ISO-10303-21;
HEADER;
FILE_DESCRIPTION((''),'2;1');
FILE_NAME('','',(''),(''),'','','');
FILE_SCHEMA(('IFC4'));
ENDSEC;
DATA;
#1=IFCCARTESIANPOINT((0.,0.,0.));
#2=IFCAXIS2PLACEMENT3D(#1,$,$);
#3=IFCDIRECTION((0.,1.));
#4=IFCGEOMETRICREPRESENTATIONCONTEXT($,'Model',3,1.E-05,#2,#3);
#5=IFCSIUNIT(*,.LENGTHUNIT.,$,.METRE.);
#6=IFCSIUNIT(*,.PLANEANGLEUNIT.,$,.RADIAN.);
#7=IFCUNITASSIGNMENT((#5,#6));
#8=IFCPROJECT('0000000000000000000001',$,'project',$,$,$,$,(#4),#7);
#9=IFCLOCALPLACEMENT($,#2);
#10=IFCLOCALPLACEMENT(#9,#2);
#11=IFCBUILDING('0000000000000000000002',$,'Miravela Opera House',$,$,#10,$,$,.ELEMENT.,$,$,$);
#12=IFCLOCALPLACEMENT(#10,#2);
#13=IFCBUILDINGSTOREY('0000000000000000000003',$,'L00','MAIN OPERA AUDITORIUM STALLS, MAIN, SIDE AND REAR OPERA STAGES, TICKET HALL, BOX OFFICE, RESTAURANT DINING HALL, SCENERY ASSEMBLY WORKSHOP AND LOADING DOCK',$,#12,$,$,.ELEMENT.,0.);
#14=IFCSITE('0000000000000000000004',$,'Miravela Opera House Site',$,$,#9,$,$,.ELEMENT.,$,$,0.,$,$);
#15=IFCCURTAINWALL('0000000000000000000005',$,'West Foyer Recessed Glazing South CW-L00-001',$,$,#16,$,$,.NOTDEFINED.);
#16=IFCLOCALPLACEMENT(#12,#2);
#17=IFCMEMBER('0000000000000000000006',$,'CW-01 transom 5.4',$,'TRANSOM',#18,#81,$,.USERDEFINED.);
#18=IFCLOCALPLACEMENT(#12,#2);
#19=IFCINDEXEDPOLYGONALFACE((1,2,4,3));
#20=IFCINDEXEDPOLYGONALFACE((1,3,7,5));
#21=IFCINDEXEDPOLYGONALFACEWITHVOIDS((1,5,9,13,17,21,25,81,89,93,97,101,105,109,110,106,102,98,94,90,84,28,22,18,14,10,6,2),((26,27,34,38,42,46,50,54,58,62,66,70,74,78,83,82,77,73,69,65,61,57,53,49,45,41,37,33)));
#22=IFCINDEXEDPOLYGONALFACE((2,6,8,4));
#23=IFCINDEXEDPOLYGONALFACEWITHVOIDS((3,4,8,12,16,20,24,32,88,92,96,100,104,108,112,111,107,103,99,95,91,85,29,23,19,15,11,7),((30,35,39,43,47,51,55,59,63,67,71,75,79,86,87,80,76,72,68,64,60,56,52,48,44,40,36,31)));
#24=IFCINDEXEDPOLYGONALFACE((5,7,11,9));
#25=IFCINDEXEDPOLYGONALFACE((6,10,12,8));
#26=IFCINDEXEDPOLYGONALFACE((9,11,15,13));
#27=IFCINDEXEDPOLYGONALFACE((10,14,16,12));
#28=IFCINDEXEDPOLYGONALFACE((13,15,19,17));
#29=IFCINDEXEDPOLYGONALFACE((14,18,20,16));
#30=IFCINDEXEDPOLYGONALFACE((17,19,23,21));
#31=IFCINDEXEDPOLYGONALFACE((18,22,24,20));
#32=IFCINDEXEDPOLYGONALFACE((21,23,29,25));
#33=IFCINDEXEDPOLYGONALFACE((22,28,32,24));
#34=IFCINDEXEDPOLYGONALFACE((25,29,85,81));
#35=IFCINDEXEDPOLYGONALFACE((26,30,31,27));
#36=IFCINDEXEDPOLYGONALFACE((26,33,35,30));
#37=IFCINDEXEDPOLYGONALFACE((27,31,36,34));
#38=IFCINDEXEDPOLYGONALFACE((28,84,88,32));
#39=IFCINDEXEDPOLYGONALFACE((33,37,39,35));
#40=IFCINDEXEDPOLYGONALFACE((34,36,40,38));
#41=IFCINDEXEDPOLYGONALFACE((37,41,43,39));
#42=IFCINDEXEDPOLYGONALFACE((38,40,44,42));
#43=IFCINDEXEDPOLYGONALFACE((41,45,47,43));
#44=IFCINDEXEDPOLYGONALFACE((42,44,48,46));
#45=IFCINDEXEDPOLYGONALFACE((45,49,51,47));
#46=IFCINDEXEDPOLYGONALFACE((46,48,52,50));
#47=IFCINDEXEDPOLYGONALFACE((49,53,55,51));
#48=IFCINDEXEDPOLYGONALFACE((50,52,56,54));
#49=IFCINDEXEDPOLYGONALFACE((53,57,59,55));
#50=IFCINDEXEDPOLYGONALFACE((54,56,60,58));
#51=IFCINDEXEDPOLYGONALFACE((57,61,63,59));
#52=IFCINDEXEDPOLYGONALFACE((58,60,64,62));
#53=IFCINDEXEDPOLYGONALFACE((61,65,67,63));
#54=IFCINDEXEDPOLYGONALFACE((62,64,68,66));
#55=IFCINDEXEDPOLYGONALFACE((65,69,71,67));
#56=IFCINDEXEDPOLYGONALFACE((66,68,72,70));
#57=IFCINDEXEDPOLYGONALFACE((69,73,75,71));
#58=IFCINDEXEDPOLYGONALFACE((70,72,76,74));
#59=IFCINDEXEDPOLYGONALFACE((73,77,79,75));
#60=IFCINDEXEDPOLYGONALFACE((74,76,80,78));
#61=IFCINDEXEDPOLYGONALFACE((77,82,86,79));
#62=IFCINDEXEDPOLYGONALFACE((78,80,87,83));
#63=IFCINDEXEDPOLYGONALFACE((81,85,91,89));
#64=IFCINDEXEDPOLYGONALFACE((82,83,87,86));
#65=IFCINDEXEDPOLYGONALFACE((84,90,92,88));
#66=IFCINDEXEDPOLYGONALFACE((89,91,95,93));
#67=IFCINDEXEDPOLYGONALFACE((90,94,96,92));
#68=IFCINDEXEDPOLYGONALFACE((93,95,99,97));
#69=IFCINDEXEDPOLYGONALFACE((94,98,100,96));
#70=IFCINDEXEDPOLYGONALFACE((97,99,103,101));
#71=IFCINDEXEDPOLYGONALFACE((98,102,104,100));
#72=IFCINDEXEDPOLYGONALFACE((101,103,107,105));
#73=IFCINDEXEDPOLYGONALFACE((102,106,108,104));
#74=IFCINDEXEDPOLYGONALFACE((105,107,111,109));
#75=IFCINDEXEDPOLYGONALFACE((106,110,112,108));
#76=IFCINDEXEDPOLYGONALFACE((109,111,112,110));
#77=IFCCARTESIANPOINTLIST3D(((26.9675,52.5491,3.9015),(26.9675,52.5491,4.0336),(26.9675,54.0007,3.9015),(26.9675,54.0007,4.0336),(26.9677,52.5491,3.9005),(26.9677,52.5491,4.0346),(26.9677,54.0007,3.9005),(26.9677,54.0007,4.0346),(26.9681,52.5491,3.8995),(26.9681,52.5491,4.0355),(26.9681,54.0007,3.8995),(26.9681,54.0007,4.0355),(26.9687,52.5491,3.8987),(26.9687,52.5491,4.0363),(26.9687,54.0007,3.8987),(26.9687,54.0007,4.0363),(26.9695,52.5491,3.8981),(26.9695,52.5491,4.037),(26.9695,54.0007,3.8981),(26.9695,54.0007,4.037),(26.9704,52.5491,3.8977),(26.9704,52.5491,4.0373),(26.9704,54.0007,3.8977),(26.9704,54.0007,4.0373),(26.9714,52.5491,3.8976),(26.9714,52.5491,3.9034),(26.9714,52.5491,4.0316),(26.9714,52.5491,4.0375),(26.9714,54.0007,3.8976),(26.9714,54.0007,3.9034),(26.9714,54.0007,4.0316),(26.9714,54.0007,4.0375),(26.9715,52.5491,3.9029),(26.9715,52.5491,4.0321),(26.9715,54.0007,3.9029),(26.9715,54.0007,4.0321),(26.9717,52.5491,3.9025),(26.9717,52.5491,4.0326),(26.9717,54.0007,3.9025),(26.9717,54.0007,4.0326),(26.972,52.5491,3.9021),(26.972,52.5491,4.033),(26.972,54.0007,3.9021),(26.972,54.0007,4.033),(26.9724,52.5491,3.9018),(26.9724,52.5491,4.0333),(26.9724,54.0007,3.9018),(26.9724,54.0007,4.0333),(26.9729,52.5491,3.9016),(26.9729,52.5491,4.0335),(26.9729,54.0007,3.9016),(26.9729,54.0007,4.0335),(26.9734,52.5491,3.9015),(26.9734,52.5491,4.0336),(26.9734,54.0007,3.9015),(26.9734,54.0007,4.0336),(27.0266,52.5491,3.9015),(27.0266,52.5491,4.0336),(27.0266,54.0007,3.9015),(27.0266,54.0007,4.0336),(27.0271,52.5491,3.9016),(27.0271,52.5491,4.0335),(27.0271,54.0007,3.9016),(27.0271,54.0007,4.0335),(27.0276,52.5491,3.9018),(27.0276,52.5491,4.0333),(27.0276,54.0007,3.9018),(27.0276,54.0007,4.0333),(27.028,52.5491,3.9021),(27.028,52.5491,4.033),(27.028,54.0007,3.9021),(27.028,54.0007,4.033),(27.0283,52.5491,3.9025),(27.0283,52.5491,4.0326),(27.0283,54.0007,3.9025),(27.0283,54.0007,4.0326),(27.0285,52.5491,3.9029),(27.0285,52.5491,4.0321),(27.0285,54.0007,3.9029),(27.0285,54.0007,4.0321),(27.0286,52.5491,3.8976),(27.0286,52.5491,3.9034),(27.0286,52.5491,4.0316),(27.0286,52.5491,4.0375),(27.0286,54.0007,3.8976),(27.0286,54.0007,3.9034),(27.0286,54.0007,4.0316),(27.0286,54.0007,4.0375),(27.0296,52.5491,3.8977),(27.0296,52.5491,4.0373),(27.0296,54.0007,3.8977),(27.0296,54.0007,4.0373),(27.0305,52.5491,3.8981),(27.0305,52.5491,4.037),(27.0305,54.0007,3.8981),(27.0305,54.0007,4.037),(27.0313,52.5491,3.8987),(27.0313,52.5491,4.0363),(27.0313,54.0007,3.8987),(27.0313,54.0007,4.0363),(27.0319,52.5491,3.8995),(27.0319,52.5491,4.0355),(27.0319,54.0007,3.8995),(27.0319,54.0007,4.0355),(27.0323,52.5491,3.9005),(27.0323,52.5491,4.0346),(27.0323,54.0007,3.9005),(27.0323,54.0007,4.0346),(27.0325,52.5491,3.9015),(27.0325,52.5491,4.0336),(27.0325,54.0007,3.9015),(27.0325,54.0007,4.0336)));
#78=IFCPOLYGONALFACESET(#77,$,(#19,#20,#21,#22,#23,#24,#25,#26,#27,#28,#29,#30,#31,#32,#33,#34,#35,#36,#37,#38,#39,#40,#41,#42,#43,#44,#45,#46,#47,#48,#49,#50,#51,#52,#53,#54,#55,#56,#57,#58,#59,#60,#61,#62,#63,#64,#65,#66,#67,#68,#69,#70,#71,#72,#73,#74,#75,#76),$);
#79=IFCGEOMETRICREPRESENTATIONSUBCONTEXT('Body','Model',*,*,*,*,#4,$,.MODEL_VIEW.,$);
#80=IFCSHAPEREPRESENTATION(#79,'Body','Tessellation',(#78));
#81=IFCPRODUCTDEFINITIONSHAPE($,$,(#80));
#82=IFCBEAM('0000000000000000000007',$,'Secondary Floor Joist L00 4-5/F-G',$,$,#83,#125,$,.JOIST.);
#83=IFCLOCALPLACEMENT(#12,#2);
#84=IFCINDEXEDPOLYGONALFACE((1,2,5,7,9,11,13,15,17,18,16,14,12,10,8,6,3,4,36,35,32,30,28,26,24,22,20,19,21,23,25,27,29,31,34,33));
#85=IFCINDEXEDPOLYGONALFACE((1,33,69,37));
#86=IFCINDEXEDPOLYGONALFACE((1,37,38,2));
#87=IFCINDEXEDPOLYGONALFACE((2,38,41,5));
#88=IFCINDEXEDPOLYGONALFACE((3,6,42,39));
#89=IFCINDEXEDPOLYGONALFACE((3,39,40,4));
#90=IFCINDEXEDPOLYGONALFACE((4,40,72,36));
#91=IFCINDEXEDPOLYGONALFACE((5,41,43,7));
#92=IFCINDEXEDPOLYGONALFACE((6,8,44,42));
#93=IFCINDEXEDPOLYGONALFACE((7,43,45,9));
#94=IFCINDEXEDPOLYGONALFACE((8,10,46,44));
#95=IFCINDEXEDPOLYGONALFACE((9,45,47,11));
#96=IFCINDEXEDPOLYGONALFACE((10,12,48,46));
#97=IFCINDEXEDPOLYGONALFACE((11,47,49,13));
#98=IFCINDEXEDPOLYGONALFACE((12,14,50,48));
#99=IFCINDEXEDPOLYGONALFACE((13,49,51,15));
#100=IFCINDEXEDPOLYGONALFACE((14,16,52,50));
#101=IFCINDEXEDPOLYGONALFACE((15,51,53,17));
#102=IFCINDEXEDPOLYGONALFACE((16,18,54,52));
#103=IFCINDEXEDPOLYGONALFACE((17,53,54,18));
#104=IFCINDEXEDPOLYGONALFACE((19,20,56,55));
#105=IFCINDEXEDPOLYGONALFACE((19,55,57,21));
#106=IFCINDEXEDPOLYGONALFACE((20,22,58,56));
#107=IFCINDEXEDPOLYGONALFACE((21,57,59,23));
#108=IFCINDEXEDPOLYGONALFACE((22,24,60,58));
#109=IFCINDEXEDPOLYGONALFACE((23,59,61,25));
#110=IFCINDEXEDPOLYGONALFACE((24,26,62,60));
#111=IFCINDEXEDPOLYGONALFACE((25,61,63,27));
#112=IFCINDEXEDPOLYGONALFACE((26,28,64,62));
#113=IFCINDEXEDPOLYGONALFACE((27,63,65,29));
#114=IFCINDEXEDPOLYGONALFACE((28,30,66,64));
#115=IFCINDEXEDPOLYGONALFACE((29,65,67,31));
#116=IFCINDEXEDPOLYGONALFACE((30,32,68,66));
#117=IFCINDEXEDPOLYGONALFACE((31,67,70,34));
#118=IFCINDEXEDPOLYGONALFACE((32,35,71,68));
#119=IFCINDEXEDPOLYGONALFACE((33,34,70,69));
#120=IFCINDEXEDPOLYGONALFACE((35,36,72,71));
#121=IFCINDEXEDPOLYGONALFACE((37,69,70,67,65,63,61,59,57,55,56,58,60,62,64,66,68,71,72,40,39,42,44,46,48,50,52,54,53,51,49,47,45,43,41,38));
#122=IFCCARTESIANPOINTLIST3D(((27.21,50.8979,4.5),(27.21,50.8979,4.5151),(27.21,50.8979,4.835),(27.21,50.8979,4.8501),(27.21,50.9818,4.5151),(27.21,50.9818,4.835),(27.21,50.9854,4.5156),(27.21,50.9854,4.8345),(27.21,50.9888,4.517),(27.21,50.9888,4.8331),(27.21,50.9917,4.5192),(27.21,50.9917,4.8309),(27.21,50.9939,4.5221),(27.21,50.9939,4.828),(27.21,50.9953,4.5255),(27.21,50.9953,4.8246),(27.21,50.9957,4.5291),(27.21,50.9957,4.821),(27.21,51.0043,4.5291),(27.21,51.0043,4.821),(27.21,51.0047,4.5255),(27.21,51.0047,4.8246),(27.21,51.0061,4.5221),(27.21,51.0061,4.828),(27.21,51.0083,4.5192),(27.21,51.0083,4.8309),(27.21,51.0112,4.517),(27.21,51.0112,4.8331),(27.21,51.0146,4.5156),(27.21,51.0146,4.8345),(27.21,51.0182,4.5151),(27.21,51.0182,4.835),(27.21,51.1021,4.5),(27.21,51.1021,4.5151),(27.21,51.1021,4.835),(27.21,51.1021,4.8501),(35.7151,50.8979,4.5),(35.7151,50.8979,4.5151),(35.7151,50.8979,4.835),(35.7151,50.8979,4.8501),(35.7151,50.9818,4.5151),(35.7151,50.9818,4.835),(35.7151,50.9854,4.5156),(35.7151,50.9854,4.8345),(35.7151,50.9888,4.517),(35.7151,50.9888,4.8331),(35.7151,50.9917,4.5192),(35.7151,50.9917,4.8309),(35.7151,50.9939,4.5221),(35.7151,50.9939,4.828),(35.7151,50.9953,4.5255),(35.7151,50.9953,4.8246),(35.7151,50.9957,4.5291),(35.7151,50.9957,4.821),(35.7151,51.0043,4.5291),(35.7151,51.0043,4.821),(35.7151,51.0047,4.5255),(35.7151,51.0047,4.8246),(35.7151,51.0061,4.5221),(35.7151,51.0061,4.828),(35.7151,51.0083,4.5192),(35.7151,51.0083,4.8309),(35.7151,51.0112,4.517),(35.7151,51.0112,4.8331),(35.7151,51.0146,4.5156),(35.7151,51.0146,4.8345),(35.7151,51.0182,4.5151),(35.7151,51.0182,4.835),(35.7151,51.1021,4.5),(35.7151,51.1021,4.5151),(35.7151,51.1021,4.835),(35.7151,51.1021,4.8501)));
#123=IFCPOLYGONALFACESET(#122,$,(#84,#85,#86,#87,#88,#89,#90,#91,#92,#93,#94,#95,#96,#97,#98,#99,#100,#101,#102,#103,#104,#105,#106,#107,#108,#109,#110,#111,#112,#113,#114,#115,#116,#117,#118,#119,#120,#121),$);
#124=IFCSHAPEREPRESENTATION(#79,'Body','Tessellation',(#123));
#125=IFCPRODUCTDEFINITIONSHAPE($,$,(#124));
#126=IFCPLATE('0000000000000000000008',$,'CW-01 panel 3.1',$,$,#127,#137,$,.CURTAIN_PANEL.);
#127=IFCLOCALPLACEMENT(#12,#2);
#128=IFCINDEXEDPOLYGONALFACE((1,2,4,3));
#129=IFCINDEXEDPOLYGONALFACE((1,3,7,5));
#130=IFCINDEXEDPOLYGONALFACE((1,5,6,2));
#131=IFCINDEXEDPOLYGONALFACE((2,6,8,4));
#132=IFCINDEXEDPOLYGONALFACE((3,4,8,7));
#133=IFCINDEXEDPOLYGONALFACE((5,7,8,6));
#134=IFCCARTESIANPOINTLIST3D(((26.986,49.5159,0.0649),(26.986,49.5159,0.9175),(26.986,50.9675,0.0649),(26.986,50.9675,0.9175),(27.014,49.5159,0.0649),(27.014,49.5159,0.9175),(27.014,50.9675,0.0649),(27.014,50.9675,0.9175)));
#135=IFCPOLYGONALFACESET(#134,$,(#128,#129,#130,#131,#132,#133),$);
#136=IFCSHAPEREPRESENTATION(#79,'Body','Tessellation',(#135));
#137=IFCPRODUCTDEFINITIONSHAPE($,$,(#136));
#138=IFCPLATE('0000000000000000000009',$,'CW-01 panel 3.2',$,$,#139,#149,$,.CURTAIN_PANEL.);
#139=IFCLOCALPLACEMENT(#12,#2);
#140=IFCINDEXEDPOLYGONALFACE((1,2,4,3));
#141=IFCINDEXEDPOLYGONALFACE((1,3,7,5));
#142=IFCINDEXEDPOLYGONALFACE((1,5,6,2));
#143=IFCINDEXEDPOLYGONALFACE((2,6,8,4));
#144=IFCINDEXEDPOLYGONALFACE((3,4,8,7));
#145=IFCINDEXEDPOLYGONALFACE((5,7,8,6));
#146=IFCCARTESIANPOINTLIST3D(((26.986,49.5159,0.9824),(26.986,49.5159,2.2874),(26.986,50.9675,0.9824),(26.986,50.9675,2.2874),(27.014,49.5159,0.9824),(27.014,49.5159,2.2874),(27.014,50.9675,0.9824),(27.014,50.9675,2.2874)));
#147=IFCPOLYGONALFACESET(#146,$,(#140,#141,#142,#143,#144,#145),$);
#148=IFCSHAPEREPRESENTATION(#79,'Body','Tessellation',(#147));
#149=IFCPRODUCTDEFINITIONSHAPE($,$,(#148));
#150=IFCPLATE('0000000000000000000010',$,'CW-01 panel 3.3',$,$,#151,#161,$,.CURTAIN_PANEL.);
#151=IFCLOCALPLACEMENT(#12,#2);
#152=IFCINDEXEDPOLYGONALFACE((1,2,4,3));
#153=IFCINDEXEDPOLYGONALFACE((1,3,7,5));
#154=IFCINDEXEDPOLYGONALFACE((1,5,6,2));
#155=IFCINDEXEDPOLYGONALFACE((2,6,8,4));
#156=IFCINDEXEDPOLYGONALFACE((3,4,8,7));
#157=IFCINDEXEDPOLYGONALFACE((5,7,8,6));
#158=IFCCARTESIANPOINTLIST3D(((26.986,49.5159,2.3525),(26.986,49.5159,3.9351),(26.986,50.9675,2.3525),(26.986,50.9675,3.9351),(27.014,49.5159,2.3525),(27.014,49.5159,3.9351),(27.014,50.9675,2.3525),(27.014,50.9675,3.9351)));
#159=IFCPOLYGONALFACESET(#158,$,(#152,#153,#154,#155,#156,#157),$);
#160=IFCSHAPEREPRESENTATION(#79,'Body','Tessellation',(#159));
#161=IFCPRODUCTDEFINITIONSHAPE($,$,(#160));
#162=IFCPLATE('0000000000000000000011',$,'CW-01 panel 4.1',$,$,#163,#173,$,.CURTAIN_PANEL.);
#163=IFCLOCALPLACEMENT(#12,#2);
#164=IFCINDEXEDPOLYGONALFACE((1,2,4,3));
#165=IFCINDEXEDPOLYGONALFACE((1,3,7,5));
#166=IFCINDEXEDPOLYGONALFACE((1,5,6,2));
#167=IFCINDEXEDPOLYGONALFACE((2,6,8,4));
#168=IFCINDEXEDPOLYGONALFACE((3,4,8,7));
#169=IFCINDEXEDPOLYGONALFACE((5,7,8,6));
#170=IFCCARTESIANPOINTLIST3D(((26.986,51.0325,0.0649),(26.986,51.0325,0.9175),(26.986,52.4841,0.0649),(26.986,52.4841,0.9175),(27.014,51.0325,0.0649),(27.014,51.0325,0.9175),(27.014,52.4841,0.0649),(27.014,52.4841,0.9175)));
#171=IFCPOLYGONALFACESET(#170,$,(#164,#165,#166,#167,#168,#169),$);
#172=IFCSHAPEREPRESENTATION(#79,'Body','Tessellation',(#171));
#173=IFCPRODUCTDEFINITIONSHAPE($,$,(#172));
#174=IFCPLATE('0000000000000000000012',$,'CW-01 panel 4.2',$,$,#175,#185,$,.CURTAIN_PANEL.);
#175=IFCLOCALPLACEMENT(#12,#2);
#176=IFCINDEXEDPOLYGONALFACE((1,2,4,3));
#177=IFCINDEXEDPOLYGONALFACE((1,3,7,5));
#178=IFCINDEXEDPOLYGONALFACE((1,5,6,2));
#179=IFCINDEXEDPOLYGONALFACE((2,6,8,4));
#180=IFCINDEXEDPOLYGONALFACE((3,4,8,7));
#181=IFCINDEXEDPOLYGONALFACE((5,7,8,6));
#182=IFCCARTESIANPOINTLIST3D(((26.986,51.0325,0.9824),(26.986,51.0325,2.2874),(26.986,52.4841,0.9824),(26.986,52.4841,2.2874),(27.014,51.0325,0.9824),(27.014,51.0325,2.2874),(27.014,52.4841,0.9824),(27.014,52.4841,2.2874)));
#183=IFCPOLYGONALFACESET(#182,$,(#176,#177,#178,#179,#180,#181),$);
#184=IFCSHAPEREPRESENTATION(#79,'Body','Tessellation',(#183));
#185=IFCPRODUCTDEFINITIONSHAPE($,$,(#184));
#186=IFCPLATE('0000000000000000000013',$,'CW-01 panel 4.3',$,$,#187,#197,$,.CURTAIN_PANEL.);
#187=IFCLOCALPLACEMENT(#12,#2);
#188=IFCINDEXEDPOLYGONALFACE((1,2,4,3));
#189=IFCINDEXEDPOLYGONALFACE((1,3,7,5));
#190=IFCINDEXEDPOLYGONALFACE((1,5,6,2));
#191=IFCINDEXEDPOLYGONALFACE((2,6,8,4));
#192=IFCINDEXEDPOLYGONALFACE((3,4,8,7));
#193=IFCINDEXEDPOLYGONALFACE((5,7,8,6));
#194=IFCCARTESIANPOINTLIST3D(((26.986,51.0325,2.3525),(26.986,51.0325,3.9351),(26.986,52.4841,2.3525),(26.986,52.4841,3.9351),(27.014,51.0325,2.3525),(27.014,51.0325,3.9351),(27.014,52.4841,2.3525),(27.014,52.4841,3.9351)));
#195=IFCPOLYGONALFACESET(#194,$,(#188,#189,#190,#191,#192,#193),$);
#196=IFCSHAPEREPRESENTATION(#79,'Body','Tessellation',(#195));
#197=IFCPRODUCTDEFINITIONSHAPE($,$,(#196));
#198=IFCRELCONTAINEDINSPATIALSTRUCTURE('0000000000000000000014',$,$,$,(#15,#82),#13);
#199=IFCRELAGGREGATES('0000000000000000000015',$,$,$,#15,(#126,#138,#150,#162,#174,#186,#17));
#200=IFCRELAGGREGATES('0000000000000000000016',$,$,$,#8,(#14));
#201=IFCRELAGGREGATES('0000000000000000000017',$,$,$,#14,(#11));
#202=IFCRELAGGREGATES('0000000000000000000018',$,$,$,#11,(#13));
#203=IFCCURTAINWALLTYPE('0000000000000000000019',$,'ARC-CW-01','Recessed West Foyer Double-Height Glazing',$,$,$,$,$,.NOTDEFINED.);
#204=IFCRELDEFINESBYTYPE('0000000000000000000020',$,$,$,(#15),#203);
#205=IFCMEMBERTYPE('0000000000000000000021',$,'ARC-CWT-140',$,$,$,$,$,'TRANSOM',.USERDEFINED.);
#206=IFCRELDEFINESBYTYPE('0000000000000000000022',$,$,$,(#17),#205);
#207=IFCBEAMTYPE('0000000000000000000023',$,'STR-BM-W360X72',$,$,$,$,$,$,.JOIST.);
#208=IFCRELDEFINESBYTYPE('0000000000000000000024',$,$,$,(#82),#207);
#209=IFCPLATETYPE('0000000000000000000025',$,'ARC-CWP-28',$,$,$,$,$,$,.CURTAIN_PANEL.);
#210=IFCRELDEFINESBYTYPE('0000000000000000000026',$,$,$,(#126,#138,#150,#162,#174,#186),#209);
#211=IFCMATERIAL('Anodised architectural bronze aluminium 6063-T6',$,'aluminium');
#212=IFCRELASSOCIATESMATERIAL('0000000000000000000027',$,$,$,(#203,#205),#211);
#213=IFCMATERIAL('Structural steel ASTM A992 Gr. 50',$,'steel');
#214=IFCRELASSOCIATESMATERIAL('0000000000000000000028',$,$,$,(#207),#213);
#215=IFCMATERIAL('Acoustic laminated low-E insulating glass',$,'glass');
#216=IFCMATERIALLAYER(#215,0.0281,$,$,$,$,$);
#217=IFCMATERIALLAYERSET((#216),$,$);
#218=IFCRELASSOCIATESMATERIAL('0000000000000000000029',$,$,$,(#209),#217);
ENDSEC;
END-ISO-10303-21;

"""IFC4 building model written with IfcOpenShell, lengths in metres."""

from ifc_helpers import new_model, si_unit, direction, frame, origin, origin_2d, place, context, subcontext, project, spatial, rectangle, hollow_rectangle, i_section, extrude, material, layer, layer_set, material_profile, profile_set, type_object, element, aggregate, save


model = new_model("IFC4")

# Units and contexts
model_context = context("Model", 3, precision=1e-05, world=origin(), true_north=direction((0.0, 1.0)))
body_context = subcontext(model_context, "Body", "Model", "MODEL_VIEW")
ifc_project = project(units=[si_unit("LENGTHUNIT", "METRE"), si_unit("PLANEANGLEUNIT", "RADIAN")], contexts=[model_context])

# Site, building, storey
site_placement = place(None, origin())
site = spatial("IfcSite", under=ifc_project, at=site_placement, Name="Miravela Opera House Site", CompositionType="ELEMENT", RefElevation=0.0)
building_placement = place(site_placement, origin())
building = spatial("IfcBuilding", under=site, at=building_placement, Name="Miravela Opera House", CompositionType="ELEMENT")
storey_placement = place(building_placement, origin())
storey = spatial("IfcBuildingStorey", under=building, at=storey_placement, Name="L00", Description="MAIN OPERA AUDITORIUM STALLS, MAIN, SIDE AND REAR OPERA STAGES, TICKET HALL, BOX OFFICE, RESTAURANT DINING HALL, SCENERY ASSEMBLY WORKSHOP AND LOADING DOCK", CompositionType="ELEMENT", Elevation=0.0)

# Curtain wall, member
ifc_material_1 = material(Name="Anodised architectural bronze aluminium 6063-T6", Category="aluminium")
curtain_wall_type = type_object("IfcCurtainWallType", Name="ARC-CW-01", Description="Recessed West Foyer Double-Height Glazing", PredefinedType="NOTDEFINED", material=ifc_material_1)
curtain_wall_placement = place(storey_placement, origin())
curtain_wall = element("IfcCurtainWall", 1, at=curtain_wall_placement, inside=storey, type_object=curtain_wall_type, Name="West Foyer Recessed Glazing South CW-L00-001", PredefinedType="NOTDEFINED")
ifc_material_profile_1 = material_profile(ifc_material_1, hollow_rectangle(XDim=0.0649, YDim=0.1399, WallThickness=0.0039, InnerFilletRadius=0.002, OuterFilletRadius=0.0039, at=origin_2d()), Name="CWT-65X140")
ifc_profile_set_1 = profile_set([ifc_material_profile_1])
member_type_1 = type_object("IfcMemberType", Name="ARC-CWT-140", ElementType="TRANSOM", PredefinedType="USERDEFINED", material=ifc_profile_set_1)
member_1_placement = place(storey_placement, frame((27.0, 52.5491, 3.9675), z_axis=(0.0, 1.0, 0.0), x_axis=(-1.0, 0.0, 0.0)))
member_1 = element("IfcMember", 2, at=member_1_placement, type_object=member_type_1, Name="CW-01 transom 5.4", ObjectType="TRANSOM", PredefinedType="USERDEFINED", context=body_context, shape_type="SweptSolid", body=[
    extrude(hollow_rectangle(XDim=0.0649, YDim=0.1399, WallThickness=0.0039, InnerFilletRadius=0.002, OuterFilletRadius=0.0039, at=origin_2d()), origin(), (0.0, 0.0, 1.0), 1.4517),
])

# Beam
ifc_material_2 = material(Name="Structural steel ASTM A992 Gr. 50", Category="steel")
ifc_material_profile_2 = material_profile(ifc_material_2, i_section(OverallWidth=0.2041, OverallDepth=0.3501, WebThickness=0.0085, FlangeThickness=0.0151, FilletRadius=0.0139, at=origin_2d()), Name="W360X72")
ifc_profile_set_2 = profile_set([ifc_material_profile_2])
beam_type = type_object("IfcBeamType", Name="STR-BM-W360X72", PredefinedType="JOIST", material=ifc_profile_set_2)
beam_placement = place(storey_placement, frame((27.21, 51.0, 4.675), z_axis=(1.0, 0.0, 0.0), x_axis=(0.0, 1.0, 0.0)))
element("IfcBeam", 3, at=beam_placement, inside=storey, type_object=beam_type, Name="Secondary Floor Joist L00 4-5/F-G", PredefinedType="JOIST", context=body_context, shape_type="SweptSolid", body=[
    extrude(i_section(OverallWidth=0.2041, OverallDepth=0.3501, WebThickness=0.0085, FlangeThickness=0.0151, FilletRadius=0.0139, at=origin_2d()), origin(), (0.0, 0.0, 1.0), 8.5051),
])

# Plates
ifc_material_3 = material(Name="Acoustic laminated low-E insulating glass", Category="glass")
ifc_layer = layer(ifc_material_3, 0.0281)
ifc_layer_set = layer_set([ifc_layer])
plate_type = type_object("IfcPlateType", Name="ARC-CWP-28", PredefinedType="CURTAIN_PANEL", material=ifc_layer_set)
plate_1_placement = place(storey_placement, frame((27.0, 50.2417, 0.0649), z_axis=(0.0, 0.0, 1.0), x_axis=(0.0, 1.0, 0.0)))
plate_1 = element("IfcPlate", 4, at=plate_1_placement, type_object=plate_type, Name="CW-01 panel 3.1", PredefinedType="CURTAIN_PANEL", context=body_context, shape_type="SweptSolid", body=[
    extrude(rectangle(XDim=1.4517, YDim=0.0281, at=origin_2d()), origin(), (0.0, 0.0, 1.0), 0.8525),
])
plate_2_placement = place(storey_placement, frame((27.0, 50.2417, 0.9824), z_axis=(0.0, 0.0, 1.0), x_axis=(0.0, 1.0, 0.0)))
plate_2 = element("IfcPlate", 5, at=plate_2_placement, type_object=plate_type, Name="CW-01 panel 3.2", PredefinedType="CURTAIN_PANEL", context=body_context, shape_type="SweptSolid", body=[
    extrude(rectangle(XDim=1.4517, YDim=0.0281, at=origin_2d()), origin(), (0.0, 0.0, 1.0), 1.3049),
])
plate_3_placement = place(storey_placement, frame((27.0, 50.2417, 2.3525), z_axis=(0.0, 0.0, 1.0), x_axis=(0.0, 1.0, 0.0)))
plate_3 = element("IfcPlate", 6, at=plate_3_placement, type_object=plate_type, Name="CW-01 panel 3.3", PredefinedType="CURTAIN_PANEL", context=body_context, shape_type="SweptSolid", body=[
    extrude(rectangle(XDim=1.4517, YDim=0.0281, at=origin_2d()), origin(), (0.0, 0.0, 1.0), 1.5825),
])
plate_4_placement = place(storey_placement, frame((27.0, 51.7583, 0.0649), z_axis=(0.0, 0.0, 1.0), x_axis=(0.0, 1.0, 0.0)))
plate_4 = element("IfcPlate", 7, at=plate_4_placement, type_object=plate_type, Name="CW-01 panel 4.1", PredefinedType="CURTAIN_PANEL", context=body_context, shape_type="SweptSolid", body=[
    extrude(rectangle(XDim=1.4517, YDim=0.0281, at=origin_2d()), origin(), (0.0, 0.0, 1.0), 0.8525),
])
plate_5_placement = place(storey_placement, frame((27.0, 51.7583, 0.9824), z_axis=(0.0, 0.0, 1.0), x_axis=(0.0, 1.0, 0.0)))
plate_5 = element("IfcPlate", 8, at=plate_5_placement, type_object=plate_type, Name="CW-01 panel 4.2", PredefinedType="CURTAIN_PANEL", context=body_context, shape_type="SweptSolid", body=[
    extrude(rectangle(XDim=1.4517, YDim=0.0281, at=origin_2d()), origin(), (0.0, 0.0, 1.0), 1.3049),
])
plate_6_placement = place(storey_placement, frame((27.0, 51.7583, 2.3525), z_axis=(0.0, 0.0, 1.0), x_axis=(0.0, 1.0, 0.0)))
plate_6 = element("IfcPlate", 9, at=plate_6_placement, type_object=plate_type, Name="CW-01 panel 4.3", PredefinedType="CURTAIN_PANEL", context=body_context, shape_type="SweptSolid", body=[
    extrude(rectangle(XDim=1.4517, YDim=0.0281, at=origin_2d()), origin(), (0.0, 0.0, 1.0), 1.5825),
])
aggregate(curtain_wall, [plate_1, plate_2, plate_3, plate_4, plate_5, plate_6, member_1])

save(model, "model.ifc")
